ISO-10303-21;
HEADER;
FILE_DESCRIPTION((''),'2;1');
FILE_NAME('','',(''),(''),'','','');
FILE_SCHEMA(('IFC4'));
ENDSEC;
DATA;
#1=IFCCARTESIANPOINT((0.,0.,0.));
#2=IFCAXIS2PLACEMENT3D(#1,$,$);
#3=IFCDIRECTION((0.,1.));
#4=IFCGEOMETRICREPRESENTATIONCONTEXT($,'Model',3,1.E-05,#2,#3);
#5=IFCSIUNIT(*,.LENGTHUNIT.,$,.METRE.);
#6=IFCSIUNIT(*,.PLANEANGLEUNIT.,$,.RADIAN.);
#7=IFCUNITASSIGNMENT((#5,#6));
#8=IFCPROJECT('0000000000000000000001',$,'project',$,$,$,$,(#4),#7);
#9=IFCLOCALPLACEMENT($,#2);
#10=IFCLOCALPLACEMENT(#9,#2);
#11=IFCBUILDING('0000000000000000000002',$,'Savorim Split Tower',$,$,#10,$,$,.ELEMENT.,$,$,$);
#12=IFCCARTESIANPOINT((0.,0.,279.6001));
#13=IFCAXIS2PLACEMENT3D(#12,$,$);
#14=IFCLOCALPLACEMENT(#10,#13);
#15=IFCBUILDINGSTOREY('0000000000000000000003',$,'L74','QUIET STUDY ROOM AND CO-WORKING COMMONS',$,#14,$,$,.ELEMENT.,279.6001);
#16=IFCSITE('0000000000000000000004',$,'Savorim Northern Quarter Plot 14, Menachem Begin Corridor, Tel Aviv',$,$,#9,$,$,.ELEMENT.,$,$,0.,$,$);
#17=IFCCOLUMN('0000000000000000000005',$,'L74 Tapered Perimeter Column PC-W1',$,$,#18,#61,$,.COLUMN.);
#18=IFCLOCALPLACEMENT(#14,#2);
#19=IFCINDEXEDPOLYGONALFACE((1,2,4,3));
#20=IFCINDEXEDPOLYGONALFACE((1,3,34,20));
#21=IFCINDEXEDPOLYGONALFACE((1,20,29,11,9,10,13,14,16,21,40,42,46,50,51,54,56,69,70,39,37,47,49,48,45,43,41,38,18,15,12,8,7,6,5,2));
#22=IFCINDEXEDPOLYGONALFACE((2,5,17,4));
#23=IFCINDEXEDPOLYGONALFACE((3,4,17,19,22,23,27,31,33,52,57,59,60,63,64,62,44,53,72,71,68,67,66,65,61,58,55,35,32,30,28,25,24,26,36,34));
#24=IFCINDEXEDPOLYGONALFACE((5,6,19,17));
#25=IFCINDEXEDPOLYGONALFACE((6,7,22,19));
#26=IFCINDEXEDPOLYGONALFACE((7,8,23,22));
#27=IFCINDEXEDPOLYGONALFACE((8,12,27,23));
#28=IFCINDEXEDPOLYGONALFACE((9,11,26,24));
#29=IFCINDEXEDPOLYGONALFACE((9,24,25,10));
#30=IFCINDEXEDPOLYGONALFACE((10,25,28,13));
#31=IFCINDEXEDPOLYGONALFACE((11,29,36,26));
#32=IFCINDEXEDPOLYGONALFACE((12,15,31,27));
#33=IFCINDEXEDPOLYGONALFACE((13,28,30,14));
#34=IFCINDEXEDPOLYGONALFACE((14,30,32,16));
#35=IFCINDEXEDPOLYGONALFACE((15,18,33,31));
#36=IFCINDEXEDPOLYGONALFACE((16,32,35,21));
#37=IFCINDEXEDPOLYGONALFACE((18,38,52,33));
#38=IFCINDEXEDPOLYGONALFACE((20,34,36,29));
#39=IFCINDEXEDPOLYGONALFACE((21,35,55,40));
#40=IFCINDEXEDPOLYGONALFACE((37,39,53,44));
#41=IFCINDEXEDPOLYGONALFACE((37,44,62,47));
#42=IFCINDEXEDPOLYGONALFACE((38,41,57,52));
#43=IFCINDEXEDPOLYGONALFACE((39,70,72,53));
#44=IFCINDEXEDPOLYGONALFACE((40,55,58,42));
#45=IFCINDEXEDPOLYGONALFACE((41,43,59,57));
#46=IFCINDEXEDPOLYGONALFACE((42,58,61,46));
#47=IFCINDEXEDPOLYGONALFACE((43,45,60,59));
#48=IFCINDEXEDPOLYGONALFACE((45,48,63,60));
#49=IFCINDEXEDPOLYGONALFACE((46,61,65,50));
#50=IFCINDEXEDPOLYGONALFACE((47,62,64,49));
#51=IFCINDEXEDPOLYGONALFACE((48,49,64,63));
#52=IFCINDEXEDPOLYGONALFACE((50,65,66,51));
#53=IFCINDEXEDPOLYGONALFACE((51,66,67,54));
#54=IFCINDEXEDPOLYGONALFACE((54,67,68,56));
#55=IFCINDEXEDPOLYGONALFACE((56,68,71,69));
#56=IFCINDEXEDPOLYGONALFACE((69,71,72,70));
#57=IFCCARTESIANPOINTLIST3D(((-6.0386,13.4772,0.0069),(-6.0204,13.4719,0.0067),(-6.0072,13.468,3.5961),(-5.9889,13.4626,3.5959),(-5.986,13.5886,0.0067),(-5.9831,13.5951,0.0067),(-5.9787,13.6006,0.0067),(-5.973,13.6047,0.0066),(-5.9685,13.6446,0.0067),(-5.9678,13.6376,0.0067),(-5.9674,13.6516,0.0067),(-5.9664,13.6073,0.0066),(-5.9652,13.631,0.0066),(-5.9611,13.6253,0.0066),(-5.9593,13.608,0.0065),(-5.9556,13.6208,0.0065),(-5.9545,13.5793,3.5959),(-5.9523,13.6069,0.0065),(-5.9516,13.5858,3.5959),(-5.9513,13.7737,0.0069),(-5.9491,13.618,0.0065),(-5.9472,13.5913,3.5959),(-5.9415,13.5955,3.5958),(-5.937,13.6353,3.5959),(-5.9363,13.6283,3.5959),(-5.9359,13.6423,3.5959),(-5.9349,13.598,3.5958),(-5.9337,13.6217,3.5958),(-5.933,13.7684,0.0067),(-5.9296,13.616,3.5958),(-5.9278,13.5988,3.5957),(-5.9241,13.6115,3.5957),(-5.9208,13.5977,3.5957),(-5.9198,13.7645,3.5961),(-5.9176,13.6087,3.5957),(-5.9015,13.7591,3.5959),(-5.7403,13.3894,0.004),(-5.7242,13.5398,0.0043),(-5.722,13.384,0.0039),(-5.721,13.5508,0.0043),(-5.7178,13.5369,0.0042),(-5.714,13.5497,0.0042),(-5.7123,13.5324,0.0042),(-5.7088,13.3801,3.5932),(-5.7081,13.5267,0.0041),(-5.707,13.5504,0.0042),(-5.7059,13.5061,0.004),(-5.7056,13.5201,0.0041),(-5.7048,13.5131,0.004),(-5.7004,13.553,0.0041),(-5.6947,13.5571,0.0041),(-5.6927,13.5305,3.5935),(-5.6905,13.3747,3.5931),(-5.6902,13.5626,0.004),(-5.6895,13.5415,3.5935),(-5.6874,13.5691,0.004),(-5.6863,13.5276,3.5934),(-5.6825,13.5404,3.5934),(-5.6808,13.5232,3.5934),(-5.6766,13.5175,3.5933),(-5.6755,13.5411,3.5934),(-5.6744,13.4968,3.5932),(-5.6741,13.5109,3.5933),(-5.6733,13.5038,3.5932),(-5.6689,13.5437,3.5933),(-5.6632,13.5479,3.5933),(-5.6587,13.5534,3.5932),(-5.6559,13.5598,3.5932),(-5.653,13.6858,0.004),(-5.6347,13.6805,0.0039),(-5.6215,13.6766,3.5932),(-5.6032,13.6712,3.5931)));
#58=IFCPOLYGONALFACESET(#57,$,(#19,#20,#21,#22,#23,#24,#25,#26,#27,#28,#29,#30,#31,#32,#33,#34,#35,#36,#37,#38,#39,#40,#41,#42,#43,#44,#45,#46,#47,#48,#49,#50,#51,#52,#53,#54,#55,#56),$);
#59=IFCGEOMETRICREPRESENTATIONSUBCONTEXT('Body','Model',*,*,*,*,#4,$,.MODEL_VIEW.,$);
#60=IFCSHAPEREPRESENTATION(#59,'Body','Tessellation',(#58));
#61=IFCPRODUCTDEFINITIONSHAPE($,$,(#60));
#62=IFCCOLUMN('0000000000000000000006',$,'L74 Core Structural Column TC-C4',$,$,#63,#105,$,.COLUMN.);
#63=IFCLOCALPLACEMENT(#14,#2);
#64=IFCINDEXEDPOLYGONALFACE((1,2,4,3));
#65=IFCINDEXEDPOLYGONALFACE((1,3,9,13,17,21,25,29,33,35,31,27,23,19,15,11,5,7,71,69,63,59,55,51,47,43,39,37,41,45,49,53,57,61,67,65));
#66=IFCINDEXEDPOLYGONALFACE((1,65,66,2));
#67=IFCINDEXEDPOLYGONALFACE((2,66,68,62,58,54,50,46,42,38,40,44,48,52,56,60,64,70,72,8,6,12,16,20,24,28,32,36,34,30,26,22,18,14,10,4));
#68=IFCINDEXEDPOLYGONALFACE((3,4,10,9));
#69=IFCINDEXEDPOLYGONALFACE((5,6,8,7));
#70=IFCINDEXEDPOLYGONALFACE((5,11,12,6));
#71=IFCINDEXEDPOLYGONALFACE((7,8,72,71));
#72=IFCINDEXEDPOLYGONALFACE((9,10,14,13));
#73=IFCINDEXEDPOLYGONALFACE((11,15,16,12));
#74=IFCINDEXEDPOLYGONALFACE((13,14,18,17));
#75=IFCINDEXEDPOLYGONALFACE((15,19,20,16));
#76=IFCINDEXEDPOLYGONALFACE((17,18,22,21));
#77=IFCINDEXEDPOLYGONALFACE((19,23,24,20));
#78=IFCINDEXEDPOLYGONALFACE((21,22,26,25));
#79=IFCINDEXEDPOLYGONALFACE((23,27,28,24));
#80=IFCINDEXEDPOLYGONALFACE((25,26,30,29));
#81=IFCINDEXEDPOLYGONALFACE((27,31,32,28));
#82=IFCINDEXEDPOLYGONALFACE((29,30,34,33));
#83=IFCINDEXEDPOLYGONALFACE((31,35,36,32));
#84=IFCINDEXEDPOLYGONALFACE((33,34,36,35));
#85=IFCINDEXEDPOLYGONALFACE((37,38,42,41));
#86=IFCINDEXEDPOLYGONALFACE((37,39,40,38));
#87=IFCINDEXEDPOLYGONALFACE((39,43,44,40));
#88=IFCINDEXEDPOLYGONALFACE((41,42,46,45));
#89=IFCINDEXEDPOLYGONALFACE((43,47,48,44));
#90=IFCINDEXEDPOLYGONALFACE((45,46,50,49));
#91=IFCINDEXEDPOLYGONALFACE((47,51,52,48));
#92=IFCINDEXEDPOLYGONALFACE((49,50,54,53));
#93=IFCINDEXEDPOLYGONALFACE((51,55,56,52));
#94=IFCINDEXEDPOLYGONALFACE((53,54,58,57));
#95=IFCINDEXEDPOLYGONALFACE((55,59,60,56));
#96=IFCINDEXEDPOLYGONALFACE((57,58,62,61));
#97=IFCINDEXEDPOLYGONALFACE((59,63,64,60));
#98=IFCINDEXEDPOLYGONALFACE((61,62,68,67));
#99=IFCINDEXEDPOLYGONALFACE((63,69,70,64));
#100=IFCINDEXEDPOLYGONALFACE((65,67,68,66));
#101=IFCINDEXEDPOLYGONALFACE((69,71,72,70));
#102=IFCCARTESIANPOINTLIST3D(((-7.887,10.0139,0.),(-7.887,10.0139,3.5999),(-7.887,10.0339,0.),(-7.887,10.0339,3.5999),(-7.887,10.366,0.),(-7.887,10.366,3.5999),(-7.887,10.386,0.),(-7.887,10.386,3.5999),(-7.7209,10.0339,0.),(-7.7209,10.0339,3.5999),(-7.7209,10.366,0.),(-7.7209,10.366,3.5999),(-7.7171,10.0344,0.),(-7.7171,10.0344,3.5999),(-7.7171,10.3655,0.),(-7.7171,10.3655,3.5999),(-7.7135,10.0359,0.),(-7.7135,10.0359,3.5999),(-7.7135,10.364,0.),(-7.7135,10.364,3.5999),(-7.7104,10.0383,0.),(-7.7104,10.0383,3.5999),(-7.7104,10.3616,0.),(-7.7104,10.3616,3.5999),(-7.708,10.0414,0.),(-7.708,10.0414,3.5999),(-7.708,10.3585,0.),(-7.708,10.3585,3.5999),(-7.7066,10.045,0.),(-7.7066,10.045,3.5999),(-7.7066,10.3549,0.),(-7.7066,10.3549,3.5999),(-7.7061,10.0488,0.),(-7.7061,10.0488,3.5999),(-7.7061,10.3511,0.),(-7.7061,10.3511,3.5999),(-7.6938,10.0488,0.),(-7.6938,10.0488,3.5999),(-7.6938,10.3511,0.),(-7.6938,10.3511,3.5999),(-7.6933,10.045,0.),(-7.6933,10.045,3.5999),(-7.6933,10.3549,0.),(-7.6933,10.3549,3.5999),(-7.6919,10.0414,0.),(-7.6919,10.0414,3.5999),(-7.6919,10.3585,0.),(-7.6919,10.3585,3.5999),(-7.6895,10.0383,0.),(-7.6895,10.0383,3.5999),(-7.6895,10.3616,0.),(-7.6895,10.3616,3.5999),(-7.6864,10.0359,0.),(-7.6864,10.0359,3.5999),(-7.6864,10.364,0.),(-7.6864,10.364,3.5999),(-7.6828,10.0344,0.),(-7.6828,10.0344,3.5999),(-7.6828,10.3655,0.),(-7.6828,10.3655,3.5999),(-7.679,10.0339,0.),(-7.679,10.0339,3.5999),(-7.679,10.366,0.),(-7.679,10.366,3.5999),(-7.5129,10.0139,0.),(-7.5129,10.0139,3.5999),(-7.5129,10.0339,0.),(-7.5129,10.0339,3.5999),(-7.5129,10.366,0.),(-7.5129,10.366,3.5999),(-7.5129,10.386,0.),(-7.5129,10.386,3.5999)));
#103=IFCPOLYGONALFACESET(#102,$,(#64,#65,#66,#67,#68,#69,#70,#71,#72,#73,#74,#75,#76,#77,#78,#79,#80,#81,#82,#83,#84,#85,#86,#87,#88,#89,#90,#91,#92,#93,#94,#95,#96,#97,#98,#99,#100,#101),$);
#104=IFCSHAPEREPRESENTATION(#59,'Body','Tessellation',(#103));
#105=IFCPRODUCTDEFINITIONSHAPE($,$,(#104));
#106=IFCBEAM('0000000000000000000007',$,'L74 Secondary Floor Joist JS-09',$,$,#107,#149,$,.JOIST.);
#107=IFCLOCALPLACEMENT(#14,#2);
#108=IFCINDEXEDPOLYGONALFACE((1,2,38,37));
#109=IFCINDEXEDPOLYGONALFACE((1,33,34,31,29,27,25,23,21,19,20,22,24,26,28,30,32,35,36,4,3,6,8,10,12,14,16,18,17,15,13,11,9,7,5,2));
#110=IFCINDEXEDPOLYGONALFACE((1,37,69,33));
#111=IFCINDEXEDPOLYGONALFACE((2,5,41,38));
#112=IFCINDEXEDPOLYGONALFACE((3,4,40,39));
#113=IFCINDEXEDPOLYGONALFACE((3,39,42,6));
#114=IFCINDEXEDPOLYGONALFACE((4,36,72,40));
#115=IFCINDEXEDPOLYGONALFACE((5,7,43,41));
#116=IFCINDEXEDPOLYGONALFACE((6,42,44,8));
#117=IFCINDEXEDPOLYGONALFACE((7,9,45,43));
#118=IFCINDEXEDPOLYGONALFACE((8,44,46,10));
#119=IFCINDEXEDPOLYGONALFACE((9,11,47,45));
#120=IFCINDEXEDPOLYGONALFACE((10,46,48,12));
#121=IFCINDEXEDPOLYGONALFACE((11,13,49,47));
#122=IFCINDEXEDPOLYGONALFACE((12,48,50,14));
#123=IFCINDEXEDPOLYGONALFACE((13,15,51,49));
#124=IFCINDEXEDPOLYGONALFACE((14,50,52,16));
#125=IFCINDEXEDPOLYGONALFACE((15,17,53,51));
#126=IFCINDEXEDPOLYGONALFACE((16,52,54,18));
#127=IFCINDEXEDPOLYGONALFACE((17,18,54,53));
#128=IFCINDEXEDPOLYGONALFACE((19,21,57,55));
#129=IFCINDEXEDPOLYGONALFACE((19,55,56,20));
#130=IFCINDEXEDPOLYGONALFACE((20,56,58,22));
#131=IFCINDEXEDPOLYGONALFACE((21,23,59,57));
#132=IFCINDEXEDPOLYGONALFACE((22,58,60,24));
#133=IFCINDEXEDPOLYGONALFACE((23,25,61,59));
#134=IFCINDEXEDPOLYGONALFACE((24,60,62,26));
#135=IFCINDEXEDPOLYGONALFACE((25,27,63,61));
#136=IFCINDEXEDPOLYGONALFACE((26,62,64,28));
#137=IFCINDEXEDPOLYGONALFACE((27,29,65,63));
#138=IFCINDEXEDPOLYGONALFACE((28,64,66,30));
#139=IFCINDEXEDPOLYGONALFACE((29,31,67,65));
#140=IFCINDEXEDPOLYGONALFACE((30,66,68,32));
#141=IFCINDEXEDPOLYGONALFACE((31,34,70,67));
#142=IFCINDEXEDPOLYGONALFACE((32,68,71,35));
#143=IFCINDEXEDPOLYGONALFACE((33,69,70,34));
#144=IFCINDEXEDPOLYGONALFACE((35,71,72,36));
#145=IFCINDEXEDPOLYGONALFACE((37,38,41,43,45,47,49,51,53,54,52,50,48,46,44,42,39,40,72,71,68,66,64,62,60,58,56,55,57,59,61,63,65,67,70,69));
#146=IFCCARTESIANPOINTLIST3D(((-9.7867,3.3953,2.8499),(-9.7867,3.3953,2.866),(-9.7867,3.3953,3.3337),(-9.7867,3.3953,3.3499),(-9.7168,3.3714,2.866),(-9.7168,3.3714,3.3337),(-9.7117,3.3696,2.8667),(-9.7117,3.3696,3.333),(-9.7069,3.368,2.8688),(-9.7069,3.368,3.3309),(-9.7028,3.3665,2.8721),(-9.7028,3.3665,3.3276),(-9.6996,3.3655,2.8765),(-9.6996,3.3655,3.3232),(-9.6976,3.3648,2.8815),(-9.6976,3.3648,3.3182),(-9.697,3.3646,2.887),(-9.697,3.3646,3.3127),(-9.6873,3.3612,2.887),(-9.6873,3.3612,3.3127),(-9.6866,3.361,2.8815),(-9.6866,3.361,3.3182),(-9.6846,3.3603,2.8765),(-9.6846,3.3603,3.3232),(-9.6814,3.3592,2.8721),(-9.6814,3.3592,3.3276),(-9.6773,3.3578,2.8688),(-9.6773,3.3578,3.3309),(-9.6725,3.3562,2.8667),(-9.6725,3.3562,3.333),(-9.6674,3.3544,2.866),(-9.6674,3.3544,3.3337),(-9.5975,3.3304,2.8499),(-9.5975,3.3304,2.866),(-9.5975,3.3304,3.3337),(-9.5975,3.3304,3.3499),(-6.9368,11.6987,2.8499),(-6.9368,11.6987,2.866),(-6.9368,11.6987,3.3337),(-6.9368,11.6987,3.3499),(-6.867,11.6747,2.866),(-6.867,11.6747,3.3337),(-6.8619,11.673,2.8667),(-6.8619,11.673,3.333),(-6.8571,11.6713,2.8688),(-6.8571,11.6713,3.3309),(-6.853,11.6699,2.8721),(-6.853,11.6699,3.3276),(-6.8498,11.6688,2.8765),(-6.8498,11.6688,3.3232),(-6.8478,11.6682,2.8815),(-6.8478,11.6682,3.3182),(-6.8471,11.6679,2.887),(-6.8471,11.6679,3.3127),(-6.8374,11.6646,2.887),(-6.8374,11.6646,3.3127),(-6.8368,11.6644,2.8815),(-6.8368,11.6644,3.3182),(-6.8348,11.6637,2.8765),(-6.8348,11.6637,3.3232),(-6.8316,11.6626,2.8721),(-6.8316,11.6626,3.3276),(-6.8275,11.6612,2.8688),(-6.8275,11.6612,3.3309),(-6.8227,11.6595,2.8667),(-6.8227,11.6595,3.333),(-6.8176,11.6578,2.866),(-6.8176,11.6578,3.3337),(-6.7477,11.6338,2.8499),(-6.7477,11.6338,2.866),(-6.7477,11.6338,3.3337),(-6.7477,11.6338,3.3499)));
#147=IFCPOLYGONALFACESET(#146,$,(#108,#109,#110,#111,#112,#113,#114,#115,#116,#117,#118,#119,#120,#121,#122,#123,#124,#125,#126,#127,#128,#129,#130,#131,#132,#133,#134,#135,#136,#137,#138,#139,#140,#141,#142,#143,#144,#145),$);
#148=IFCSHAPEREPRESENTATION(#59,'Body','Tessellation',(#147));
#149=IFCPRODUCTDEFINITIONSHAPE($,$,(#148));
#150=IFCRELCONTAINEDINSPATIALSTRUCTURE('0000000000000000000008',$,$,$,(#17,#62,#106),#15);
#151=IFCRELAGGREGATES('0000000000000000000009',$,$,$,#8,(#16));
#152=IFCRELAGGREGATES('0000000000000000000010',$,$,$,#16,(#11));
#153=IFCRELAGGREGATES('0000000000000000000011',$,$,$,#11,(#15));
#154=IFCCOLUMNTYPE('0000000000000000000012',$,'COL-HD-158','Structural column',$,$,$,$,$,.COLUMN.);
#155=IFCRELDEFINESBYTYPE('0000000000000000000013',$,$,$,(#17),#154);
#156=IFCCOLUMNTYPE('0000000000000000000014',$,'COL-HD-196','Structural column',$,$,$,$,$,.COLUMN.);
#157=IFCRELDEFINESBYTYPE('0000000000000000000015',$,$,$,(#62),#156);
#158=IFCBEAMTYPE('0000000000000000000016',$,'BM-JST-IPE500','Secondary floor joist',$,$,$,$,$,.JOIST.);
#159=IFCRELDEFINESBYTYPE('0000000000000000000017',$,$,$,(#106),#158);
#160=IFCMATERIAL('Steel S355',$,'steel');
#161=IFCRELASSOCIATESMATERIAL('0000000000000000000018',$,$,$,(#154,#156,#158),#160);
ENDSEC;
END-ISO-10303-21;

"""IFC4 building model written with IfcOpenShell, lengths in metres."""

from ifc_helpers import new_model, si_unit, direction, frame, origin, origin_2d, place, context, subcontext, project, spatial, i_section, extrude, material, material_profile, profile_set, type_object, element, save


model = new_model("IFC4")

# Units and contexts
model_context = context("Model", 3, precision=1e-05, world=origin(), true_north=direction((0.0, 1.0)))
body_context = subcontext(model_context, "Body", "Model", "MODEL_VIEW")
ifc_project = project(units=[si_unit("LENGTHUNIT", "METRE"), si_unit("PLANEANGLEUNIT", "RADIAN")], contexts=[model_context])

# Site, building, storey
site_placement = place(None, origin())
site = spatial("IfcSite", under=ifc_project, at=site_placement, Name="Savorim Northern Quarter Plot 14, Menachem Begin Corridor, Tel Aviv", CompositionType="ELEMENT", RefElevation=0.0)
building_placement = place(site_placement, origin())
building = spatial("IfcBuilding", under=site, at=building_placement, Name="Savorim Split Tower", CompositionType="ELEMENT")
storey_placement = place(building_placement, frame((0.0, 0.0, 279.6001)))
storey = spatial("IfcBuildingStorey", under=building, at=storey_placement, Name="L74", Description="QUIET STUDY ROOM AND CO-WORKING COMMONS", CompositionType="ELEMENT", Elevation=279.6001)

# Columns
ifc_material_1 = material(Name="Steel S355", Category="steel")
ifc_material_profile_1 = material_profile(ifc_material_1, i_section(OverallWidth=0.3091, OverallDepth=0.3301, WebThickness=0.0115, FlangeThickness=0.019, FilletRadius=0.0271, at=origin_2d()), Name="HD 320x158")
ifc_profile_set_1 = profile_set([ifc_material_profile_1], Name="Steel S355")
column_type_1 = type_object("IfcColumnType", Name="COL-HD-158", Description="Structural column", PredefinedType="COLUMN", material=ifc_profile_set_1)
column_1_placement = place(storey_placement, frame((-5.8367, 13.5789, 0.0054), z_axis=(0.008775, -0.002585, 0.999958), x_axis=(0.282569, 0.959247, 0.0)))
element("IfcColumn", 1, at=column_1_placement, inside=storey, type_object=column_type_1, Name="L74 Tapered Perimeter Column PC-W1", PredefinedType="COLUMN", context=body_context, shape_type="SweptSolid", body=[
    extrude(i_section(OverallWidth=0.3091, OverallDepth=0.3301, WebThickness=0.0115, FlangeThickness=0.019, FilletRadius=0.0271, at=origin_2d()), origin(), (0.0, 0.0, 1.0), 3.5894),
])
ifc_material_profile_2 = material_profile(ifc_material_1, i_section(OverallWidth=0.374, OverallDepth=0.3721, WebThickness=0.0122, FlangeThickness=0.02, FilletRadius=0.0149, at=origin_2d()), Name="HD 360x196")
ifc_profile_set_2 = profile_set([ifc_material_profile_2], Name="Steel S355")
column_type_2 = type_object("IfcColumnType", Name="COL-HD-196", Description="Structural column", PredefinedType="COLUMN", material=ifc_profile_set_2)
column_2_placement = place(storey_placement, frame((-7.7, 10.2, 0.0), z_axis=(0.0, 0.0, 1.0), x_axis=(1.0, 0.0, 0.0)))
element("IfcColumn", 2, at=column_2_placement, inside=storey, type_object=column_type_2, Name="L74 Core Structural Column TC-C4", PredefinedType="COLUMN", context=body_context, shape_type="SweptSolid", body=[
    extrude(i_section(OverallWidth=0.374, OverallDepth=0.3721, WebThickness=0.0122, FlangeThickness=0.02, FilletRadius=0.0149, at=origin_2d()), origin(), (0.0, 0.0, 1.0), 3.5999),
])

# Beam
ifc_material_profile_3 = material_profile(ifc_material_1, i_section(OverallWidth=0.2, OverallDepth=0.5, WebThickness=0.0103, FlangeThickness=0.0161, FilletRadius=0.021, at=origin_2d()), Name="IPE 500")
ifc_profile_set_3 = profile_set([ifc_material_profile_3], Name="Steel S355")
beam_type_1 = type_object("IfcBeamType", Name="BM-JST-IPE500", Description="Secondary floor joist", PredefinedType="JOIST", material=ifc_profile_set_3)
beam_1_placement = place(storey_placement, frame((-6.8423, 11.6663, 3.0999), z_axis=(-0.324625, -0.945843, 0.0), x_axis=(0.945843, -0.324625, 0.0)))
element("IfcBeam", 3, at=beam_1_placement, inside=storey, type_object=beam_type_1, Name="L74 Secondary Floor Joist JS-09", PredefinedType="JOIST", context=body_context, shape_type="SweptSolid", body=[
    extrude(i_section(OverallWidth=0.2, OverallDepth=0.5, WebThickness=0.0103, FlangeThickness=0.0161, FilletRadius=0.021, at=origin_2d()), origin(), (0.0, 0.0, 1.0), 8.7788),
])

save(model, "model.ifc")
